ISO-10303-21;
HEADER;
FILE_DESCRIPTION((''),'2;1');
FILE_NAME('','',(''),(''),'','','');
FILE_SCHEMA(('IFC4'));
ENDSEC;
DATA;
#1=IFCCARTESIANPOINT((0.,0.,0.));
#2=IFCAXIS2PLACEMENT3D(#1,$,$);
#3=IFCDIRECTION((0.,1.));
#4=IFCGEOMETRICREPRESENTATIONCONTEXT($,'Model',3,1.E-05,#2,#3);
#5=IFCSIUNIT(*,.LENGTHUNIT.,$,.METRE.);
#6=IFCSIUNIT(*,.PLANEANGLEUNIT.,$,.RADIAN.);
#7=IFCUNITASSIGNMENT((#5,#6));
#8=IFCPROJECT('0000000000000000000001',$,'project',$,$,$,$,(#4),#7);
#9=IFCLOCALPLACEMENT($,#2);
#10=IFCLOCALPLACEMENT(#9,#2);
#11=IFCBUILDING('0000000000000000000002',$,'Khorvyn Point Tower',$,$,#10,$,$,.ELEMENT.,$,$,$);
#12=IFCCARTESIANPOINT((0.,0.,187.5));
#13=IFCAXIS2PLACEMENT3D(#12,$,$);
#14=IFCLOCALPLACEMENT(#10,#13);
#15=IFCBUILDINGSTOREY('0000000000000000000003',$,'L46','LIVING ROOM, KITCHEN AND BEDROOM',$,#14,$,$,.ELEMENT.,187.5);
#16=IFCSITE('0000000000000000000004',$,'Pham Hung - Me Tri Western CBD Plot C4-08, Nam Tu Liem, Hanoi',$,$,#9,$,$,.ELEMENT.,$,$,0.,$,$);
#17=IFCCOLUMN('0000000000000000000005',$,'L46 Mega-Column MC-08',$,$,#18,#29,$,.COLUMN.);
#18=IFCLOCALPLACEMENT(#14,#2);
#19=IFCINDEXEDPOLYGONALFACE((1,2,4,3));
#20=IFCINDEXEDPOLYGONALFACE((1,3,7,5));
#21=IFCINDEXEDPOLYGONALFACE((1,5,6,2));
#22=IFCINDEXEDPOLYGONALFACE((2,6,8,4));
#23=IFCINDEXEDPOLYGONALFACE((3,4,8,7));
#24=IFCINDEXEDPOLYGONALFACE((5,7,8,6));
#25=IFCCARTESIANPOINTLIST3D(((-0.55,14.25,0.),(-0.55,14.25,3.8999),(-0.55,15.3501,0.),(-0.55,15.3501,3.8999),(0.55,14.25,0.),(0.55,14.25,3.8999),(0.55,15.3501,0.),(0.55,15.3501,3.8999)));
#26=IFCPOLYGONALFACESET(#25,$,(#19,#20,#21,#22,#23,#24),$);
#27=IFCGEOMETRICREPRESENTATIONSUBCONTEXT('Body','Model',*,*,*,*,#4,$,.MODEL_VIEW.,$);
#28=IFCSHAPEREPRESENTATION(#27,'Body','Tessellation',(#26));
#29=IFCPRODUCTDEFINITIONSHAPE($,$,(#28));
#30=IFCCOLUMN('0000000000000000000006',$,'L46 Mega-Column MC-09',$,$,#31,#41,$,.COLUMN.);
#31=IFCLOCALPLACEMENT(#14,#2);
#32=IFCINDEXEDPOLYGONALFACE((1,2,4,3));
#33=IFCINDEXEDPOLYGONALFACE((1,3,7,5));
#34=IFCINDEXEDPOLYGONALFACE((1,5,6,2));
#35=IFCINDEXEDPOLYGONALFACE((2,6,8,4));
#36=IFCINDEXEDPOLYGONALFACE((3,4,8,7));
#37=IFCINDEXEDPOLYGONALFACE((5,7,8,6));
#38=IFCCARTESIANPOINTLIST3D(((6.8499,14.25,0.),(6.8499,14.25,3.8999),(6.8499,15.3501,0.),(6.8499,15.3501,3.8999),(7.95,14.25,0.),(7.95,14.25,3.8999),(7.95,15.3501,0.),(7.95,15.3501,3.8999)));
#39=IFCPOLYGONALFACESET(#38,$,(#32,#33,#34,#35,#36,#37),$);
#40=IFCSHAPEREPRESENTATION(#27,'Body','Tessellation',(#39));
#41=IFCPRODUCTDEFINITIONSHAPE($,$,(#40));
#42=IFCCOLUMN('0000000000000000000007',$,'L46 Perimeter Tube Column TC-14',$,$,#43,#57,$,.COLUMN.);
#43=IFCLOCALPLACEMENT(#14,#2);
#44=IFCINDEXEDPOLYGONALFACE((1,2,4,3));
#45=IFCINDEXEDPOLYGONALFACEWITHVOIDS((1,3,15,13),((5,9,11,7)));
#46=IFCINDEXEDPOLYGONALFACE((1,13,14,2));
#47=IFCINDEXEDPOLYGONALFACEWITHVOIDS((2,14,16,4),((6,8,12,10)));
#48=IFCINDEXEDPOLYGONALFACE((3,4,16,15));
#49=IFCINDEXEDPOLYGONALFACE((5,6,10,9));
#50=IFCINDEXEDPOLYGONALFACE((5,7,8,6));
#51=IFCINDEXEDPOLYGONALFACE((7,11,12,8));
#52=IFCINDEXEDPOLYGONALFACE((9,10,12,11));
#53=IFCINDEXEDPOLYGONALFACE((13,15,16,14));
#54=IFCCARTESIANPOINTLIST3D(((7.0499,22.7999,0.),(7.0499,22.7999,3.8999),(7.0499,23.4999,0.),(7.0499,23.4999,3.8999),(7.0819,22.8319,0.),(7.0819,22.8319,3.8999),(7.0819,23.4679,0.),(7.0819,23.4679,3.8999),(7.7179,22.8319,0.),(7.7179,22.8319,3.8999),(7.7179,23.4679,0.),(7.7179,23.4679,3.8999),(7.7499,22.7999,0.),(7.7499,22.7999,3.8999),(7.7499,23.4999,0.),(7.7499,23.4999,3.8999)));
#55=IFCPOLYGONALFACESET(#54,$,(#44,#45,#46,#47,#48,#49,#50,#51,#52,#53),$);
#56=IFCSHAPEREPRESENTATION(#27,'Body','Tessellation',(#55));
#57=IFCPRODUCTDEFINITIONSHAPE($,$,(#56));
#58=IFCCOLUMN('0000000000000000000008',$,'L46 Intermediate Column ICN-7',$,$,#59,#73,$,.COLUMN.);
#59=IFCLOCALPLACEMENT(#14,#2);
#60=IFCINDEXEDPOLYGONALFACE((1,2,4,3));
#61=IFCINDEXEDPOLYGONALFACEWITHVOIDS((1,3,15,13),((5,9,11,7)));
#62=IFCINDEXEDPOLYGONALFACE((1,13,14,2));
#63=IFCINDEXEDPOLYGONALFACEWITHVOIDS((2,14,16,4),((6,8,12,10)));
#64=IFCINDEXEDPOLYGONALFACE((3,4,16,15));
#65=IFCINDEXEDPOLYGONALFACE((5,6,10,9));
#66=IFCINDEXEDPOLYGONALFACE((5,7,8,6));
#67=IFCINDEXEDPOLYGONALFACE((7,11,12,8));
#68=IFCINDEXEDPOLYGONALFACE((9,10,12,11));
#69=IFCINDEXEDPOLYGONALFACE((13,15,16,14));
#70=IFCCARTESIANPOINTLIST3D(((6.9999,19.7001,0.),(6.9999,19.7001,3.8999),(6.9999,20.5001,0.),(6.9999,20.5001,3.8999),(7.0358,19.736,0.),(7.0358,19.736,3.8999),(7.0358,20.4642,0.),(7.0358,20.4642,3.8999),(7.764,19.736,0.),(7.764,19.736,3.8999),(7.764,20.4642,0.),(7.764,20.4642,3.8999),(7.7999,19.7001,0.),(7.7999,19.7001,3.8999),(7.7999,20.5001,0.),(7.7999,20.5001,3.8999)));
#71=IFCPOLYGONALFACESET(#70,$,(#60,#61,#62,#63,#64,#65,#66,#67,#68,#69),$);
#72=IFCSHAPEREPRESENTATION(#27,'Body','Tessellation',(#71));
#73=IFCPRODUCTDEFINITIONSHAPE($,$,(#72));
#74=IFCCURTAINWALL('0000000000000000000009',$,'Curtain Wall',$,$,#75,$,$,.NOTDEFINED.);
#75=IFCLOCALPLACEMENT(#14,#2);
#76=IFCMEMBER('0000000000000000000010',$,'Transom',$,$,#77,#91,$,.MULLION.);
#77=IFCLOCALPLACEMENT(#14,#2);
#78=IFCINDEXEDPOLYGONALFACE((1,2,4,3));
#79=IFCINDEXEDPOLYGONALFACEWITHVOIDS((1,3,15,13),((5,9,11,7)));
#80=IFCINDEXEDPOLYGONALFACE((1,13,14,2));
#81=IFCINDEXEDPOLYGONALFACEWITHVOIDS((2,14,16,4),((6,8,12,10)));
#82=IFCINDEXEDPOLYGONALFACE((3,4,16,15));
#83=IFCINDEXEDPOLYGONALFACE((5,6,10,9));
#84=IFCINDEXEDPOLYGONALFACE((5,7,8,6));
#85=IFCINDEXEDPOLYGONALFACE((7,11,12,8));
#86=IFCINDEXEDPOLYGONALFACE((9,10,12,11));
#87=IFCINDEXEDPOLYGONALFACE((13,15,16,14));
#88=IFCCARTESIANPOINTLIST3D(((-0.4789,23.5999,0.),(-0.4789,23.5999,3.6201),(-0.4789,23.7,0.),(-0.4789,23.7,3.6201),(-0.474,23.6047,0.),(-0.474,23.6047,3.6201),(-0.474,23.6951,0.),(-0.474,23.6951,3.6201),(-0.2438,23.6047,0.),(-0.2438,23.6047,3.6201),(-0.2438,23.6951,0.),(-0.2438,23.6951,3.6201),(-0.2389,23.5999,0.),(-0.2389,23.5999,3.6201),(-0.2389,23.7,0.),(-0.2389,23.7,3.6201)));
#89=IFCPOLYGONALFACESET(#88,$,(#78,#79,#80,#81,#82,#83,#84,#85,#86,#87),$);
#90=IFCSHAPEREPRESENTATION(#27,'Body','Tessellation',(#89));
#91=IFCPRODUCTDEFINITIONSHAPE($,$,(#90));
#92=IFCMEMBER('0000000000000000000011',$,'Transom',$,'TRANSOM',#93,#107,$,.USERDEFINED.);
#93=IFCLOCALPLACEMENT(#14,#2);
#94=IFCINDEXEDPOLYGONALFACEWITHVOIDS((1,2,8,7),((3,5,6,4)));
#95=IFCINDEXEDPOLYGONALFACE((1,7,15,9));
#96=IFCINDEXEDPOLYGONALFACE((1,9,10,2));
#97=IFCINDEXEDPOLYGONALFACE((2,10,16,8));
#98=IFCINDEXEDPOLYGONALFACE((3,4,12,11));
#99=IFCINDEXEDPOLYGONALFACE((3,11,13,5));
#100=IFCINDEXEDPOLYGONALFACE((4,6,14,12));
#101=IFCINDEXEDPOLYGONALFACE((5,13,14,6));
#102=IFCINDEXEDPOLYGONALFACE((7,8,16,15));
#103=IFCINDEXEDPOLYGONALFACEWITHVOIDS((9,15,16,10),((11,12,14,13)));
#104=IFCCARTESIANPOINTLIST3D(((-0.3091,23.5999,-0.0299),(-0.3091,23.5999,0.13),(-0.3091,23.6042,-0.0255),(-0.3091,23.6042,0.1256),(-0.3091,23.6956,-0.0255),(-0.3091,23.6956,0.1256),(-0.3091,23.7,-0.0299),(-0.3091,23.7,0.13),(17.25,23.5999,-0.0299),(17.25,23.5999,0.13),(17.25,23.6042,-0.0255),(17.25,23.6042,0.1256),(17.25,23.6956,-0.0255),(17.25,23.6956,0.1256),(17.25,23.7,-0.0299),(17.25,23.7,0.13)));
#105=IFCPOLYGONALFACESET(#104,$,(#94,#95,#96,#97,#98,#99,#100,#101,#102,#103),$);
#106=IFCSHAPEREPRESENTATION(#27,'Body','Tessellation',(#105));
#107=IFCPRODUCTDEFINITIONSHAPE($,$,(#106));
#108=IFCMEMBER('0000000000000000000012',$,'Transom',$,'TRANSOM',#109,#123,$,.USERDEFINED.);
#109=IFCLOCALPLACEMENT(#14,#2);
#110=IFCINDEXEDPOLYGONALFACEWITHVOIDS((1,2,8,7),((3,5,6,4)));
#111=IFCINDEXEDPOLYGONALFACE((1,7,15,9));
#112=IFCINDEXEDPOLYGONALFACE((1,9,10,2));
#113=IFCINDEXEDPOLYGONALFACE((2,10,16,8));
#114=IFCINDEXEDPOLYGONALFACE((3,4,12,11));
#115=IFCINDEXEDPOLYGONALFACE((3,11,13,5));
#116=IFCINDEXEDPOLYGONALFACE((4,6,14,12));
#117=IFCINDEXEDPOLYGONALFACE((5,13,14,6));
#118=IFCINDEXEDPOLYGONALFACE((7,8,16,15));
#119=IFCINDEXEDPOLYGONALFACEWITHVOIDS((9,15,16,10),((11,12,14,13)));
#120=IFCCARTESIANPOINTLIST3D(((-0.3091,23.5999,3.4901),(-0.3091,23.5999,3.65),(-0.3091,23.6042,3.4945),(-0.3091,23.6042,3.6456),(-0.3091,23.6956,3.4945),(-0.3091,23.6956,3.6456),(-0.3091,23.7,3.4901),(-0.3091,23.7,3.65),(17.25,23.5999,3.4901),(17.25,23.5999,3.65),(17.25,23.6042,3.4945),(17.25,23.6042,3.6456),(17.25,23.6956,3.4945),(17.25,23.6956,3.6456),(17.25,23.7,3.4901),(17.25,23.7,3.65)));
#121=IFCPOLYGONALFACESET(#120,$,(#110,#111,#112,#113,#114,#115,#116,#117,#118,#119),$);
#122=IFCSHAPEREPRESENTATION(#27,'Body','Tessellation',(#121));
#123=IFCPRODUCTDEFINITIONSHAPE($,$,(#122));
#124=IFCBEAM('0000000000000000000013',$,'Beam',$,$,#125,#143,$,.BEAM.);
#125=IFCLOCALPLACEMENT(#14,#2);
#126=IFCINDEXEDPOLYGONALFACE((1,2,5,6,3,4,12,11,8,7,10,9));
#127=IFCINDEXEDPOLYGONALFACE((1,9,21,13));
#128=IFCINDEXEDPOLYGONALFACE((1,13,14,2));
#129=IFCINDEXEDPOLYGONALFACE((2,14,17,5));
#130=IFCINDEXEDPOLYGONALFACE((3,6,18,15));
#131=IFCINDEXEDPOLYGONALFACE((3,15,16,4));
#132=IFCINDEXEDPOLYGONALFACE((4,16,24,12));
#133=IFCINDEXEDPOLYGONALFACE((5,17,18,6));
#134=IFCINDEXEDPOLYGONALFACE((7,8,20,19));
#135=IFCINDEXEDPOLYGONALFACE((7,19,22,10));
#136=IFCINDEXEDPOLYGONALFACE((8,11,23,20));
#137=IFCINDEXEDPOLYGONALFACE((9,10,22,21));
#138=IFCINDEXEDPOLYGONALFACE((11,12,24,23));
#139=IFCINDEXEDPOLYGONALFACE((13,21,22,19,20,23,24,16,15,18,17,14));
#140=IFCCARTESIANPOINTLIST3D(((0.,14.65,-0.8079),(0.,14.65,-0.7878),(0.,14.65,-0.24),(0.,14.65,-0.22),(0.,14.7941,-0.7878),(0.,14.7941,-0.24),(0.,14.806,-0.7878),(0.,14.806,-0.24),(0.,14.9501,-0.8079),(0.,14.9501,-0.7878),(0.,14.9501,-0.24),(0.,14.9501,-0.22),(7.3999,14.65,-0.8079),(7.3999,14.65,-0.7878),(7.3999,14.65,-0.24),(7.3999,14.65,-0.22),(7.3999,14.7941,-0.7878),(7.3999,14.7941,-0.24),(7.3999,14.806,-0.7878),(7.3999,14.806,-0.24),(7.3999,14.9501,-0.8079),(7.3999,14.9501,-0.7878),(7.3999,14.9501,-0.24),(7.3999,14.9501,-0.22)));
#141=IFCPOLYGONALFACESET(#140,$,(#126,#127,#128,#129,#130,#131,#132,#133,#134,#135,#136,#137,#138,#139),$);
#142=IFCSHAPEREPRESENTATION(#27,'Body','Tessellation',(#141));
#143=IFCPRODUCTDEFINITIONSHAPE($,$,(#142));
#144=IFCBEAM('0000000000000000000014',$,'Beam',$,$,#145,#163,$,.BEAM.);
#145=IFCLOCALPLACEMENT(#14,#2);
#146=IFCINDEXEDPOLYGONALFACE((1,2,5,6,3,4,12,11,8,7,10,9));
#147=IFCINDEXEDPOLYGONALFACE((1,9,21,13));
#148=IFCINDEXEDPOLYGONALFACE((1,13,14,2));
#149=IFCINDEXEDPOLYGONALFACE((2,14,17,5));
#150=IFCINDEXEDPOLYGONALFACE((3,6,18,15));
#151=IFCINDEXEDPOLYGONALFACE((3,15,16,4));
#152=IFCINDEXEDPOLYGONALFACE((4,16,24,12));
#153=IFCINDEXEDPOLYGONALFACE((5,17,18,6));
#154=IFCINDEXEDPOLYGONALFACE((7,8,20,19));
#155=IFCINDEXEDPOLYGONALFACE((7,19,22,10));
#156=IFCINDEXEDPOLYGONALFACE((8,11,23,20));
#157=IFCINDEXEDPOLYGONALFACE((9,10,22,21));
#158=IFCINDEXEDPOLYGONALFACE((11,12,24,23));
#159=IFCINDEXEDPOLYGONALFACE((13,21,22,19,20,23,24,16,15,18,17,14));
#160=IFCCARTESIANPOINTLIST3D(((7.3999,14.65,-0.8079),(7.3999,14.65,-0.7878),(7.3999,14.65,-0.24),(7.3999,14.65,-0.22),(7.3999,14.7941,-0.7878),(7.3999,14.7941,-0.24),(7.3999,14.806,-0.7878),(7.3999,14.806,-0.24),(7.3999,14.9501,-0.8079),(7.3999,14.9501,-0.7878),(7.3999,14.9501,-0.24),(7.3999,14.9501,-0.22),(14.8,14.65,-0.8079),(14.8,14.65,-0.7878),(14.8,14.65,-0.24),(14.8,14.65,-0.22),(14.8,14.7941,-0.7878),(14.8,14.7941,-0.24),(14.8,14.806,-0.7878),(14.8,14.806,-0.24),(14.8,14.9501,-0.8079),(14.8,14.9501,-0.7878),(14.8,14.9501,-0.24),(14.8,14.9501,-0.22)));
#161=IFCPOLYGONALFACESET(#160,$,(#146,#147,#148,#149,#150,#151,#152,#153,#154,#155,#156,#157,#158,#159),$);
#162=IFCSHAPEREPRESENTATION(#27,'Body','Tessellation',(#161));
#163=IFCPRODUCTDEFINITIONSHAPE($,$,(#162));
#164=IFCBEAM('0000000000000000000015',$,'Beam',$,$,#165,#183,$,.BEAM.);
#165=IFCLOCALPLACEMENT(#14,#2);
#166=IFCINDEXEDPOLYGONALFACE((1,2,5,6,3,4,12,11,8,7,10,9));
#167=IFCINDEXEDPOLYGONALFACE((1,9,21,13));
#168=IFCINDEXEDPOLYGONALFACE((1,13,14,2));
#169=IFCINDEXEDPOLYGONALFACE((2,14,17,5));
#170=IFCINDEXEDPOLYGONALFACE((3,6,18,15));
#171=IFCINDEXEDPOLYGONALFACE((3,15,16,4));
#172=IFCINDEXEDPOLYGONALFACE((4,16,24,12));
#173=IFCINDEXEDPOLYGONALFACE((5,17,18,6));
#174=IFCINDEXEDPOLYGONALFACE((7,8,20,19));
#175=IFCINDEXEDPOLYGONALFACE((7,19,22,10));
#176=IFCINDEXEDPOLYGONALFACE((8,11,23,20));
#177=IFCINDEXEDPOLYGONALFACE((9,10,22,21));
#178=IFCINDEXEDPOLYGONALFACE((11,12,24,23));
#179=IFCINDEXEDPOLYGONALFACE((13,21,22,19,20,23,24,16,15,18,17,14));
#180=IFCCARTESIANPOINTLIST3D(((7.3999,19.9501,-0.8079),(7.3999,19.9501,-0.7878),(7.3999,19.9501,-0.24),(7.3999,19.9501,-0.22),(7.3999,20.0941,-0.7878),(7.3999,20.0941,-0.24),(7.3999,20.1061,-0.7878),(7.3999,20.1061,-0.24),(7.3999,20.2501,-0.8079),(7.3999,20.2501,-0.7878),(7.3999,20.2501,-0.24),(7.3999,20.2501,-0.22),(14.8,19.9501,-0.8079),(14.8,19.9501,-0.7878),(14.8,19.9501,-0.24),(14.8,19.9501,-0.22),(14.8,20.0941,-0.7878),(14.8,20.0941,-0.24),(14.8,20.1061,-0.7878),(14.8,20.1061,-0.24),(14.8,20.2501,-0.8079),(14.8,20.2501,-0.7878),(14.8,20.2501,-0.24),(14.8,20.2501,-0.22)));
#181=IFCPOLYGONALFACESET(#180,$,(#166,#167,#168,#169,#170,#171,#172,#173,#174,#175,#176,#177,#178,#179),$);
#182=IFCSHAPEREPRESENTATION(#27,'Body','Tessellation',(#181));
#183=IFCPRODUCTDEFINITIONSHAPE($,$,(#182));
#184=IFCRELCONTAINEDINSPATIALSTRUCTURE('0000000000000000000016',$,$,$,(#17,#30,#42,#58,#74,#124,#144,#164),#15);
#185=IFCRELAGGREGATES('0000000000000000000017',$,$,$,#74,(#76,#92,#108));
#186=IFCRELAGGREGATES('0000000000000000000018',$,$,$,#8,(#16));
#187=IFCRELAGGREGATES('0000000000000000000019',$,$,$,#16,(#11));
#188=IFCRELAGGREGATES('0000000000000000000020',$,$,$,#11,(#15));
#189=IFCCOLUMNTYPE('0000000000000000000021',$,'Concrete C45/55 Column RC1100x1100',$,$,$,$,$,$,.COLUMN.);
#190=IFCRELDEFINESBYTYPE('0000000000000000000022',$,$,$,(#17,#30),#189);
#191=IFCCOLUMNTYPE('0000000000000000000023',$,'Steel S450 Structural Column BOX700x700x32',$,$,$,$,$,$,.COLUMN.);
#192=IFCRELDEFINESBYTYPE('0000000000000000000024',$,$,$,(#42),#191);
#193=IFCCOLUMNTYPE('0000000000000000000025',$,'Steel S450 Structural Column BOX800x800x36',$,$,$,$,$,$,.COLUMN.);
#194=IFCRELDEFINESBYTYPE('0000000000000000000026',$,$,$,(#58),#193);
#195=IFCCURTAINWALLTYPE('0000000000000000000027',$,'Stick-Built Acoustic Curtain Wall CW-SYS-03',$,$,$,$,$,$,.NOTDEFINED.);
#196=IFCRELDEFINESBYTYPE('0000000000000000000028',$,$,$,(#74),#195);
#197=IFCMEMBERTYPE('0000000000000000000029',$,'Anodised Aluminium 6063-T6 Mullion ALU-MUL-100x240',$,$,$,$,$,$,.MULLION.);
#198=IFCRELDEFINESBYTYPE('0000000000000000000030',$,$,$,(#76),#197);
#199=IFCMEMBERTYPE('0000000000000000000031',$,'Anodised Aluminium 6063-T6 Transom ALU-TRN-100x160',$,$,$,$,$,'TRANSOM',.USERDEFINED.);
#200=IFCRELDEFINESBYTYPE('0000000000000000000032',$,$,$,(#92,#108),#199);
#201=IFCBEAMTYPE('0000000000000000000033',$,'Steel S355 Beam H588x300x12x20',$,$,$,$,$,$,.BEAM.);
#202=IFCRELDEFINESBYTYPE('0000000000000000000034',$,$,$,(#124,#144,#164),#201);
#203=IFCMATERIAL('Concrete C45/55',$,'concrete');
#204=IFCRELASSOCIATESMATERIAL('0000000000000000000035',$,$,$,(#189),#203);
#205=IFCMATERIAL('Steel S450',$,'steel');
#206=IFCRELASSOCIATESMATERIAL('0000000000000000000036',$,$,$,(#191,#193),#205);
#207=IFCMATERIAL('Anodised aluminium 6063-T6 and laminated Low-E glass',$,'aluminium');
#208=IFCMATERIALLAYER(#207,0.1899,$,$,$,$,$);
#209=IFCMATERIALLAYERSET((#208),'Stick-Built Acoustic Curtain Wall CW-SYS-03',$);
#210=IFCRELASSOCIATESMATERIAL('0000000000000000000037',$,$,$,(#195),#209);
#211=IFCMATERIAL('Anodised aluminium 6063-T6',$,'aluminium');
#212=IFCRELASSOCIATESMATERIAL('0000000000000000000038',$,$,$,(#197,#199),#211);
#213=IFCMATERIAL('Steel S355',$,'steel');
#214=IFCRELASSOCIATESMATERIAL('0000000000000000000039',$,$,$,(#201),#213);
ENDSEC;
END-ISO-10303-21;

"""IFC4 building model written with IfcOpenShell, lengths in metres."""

from ifc_helpers import new_model, si_unit, direction, frame, origin, origin_2d, place, context, subcontext, project, spatial, rectangle, hollow_rectangle, i_section, extrude, material, layer, layer_set, material_profile, profile_set, type_object, element, aggregate, save


model = new_model("IFC4")

# Units and contexts
model_context = context("Model", 3, precision=1e-05, world=origin(), true_north=direction((0.0, 1.0)))
body_context = subcontext(model_context, "Body", "Model", "MODEL_VIEW")
ifc_project = project(units=[si_unit("LENGTHUNIT", "METRE"), si_unit("PLANEANGLEUNIT", "RADIAN")], contexts=[model_context])

# Site, building, storey
site_placement = place(None, origin())
site = spatial("IfcSite", under=ifc_project, at=site_placement, Name="Pham Hung - Me Tri Western CBD Plot C4-08, Nam Tu Liem, Hanoi", CompositionType="ELEMENT", RefElevation=0.0)
building_placement = place(site_placement, origin())
building = spatial("IfcBuilding", under=site, at=building_placement, Name="Khorvyn Point Tower", CompositionType="ELEMENT")
storey_placement = place(building_placement, frame((0.0, 0.0, 187.5)))
storey = spatial("IfcBuildingStorey", under=building, at=storey_placement, Name="L46", Description="LIVING ROOM, KITCHEN AND BEDROOM", CompositionType="ELEMENT", Elevation=187.5)

# Columns
ifc_material_1 = material(Name="Concrete C45/55", Category="concrete")
ifc_material_profile_1 = material_profile(ifc_material_1, rectangle(XDim=1.1001, YDim=1.1001, at=origin_2d()))
ifc_profile_set_1 = profile_set([ifc_material_profile_1], Name="Concrete C45/55 RC1100x1100")
column_type_1 = type_object("IfcColumnType", Name="Concrete C45/55 Column RC1100x1100", PredefinedType="COLUMN", material=ifc_profile_set_1)
for number, where, z_axis, x_axis, name in (
    (1, (0.0, 14.8, 0.0), (0.0, 0.0, 1.0), (1.0, 0.0, 0.0), "L46 Mega-Column MC-08"),
    (2, (7.3999, 14.8, 0.0), (0.0, 0.0, 1.0), (1.0, 0.0, 0.0), "L46 Mega-Column MC-09"),
):
    element("IfcColumn", number, at=place(storey_placement, frame(where, z_axis=z_axis, x_axis=x_axis)), inside=storey, type_object=column_type_1, Name=name, PredefinedType="COLUMN", context=body_context, shape_type="SweptSolid", body=[
        extrude(rectangle(XDim=1.1001, YDim=1.1001, at=origin_2d()), origin(), (0.0, 0.0, 1.0), 3.8999),
    ])
ifc_material_2 = material(Name="Steel S450", Category="steel")
ifc_material_profile_2 = material_profile(ifc_material_2, hollow_rectangle(XDim=0.7, YDim=0.7, WallThickness=0.032, at=origin_2d()))
ifc_profile_set_2 = profile_set([ifc_material_profile_2], Name="Steel S450 BOX700x700x32")
column_type_2 = type_object("IfcColumnType", Name="Steel S450 Structural Column BOX700x700x32", PredefinedType="COLUMN", material=ifc_profile_set_2)
column_1_placement = place(storey_placement, frame((7.3999, 23.1499, 0.0), z_axis=(0.0, 0.0, 1.0), x_axis=(1.0, 0.0, 0.0)))
element("IfcColumn", 3, at=column_1_placement, inside=storey, type_object=column_type_2, Name="L46 Perimeter Tube Column TC-14", PredefinedType="COLUMN", context=body_context, shape_type="SweptSolid", body=[
    extrude(hollow_rectangle(XDim=0.7, YDim=0.7, WallThickness=0.032, at=origin_2d()), origin(), (0.0, 0.0, 1.0), 3.8999),
])
ifc_material_profile_3 = material_profile(ifc_material_2, hollow_rectangle(XDim=0.8, YDim=0.8, WallThickness=0.0359, at=origin_2d()))
ifc_profile_set_3 = profile_set([ifc_material_profile_3], Name="Steel S450 BOX800x800x36")
column_type_3 = type_object("IfcColumnType", Name="Steel S450 Structural Column BOX800x800x36", PredefinedType="COLUMN", material=ifc_profile_set_3)
column_2_placement = place(storey_placement, frame((7.3999, 20.1001, 0.0), z_axis=(0.0, 0.0, 1.0), x_axis=(1.0, 0.0, 0.0)))
element("IfcColumn", 4, at=column_2_placement, inside=storey, type_object=column_type_3, Name="L46 Intermediate Column ICN-7", PredefinedType="COLUMN", context=body_context, shape_type="SweptSolid", body=[
    extrude(hollow_rectangle(XDim=0.8, YDim=0.8, WallThickness=0.0359, at=origin_2d()), origin(), (0.0, 0.0, 1.0), 3.8999),
])

# Curtain wall, members
ifc_material_3 = material(Name="Anodised aluminium 6063-T6 and laminated Low-E glass", Category="aluminium")
ifc_layer_1 = layer(ifc_material_3, 0.1899)
ifc_layer_set_1 = layer_set([ifc_layer_1], Name="Stick-Built Acoustic Curtain Wall CW-SYS-03")
curtain_wall_type = type_object("IfcCurtainWallType", Name="Stick-Built Acoustic Curtain Wall CW-SYS-03", PredefinedType="NOTDEFINED", material=ifc_layer_set_1)
curtain_wall_placement = place(storey_placement, origin())
curtain_wall = element("IfcCurtainWall", 5, at=curtain_wall_placement, inside=storey, type_object=curtain_wall_type, Name="Curtain Wall", PredefinedType="NOTDEFINED")
ifc_material_4 = material(Name="Anodised aluminium 6063-T6", Category="aluminium")
ifc_material_profile_4 = material_profile(ifc_material_4, hollow_rectangle(XDim=0.1001, YDim=0.24, WallThickness=0.0049, at=origin_2d()))
ifc_profile_set_4 = profile_set([ifc_material_profile_4], Name="Anodised aluminium 6063-T6 ALU-MUL-100x240")
member_type_1 = type_object("IfcMemberType", Name="Anodised Aluminium 6063-T6 Mullion ALU-MUL-100x240", PredefinedType="MULLION", material=ifc_profile_set_4)
member_1_placement = place(storey_placement, frame((-0.3589, 23.6499, 0.0), z_axis=(0.0, 0.0, 1.0), x_axis=(0.0, 1.0, 0.0)))
member_1 = element("IfcMember", 6, at=member_1_placement, type_object=member_type_1, Name="Transom", PredefinedType="MULLION", context=body_context, shape_type="SweptSolid", body=[
    extrude(hollow_rectangle(XDim=0.1001, YDim=0.24, WallThickness=0.0049, at=origin_2d()), origin(), (0.0, 0.0, 1.0), 3.6201),
])
ifc_material_profile_5 = material_profile(ifc_material_4, hollow_rectangle(XDim=0.1001, YDim=0.1599, WallThickness=0.0044, at=origin_2d()))
ifc_profile_set_5 = profile_set([ifc_material_profile_5], Name="Anodised aluminium 6063-T6 ALU-TRN-100x160")
member_type_2 = type_object("IfcMemberType", Name="Anodised Aluminium 6063-T6 Transom ALU-TRN-100x160", ElementType="TRANSOM", PredefinedType="USERDEFINED", material=ifc_profile_set_5)
member_2_placement = place(storey_placement, frame((-0.3091, 23.6499, 0.05), z_axis=(1.0, 0.0, 0.0), x_axis=(0.0, 1.0, 0.0)))
member_2 = element("IfcMember", 7, at=member_2_placement, type_object=member_type_2, Name="Transom", ObjectType="TRANSOM", PredefinedType="USERDEFINED", context=body_context, shape_type="SweptSolid", body=[
    extrude(hollow_rectangle(XDim=0.1001, YDim=0.1599, WallThickness=0.0044, at=origin_2d()), origin(), (0.0, 0.0, 1.0), 17.5591),
])
member_3_placement = place(storey_placement, frame((-0.3091, 23.6499, 3.5701), z_axis=(1.0, 0.0, 0.0), x_axis=(0.0, 1.0, 0.0)))
member_3 = element("IfcMember", 8, at=member_3_placement, type_object=member_type_2, Name="Transom", ObjectType="TRANSOM", PredefinedType="USERDEFINED", context=body_context, shape_type="SweptSolid", body=[
    extrude(hollow_rectangle(XDim=0.1001, YDim=0.1599, WallThickness=0.0044, at=origin_2d()), origin(), (0.0, 0.0, 1.0), 17.5591),
])

# Beams
ifc_material_5 = material(Name="Steel S355", Category="steel")
ifc_material_profile_6 = material_profile(ifc_material_5, i_section(OverallWidth=0.3, OverallDepth=0.5879, WebThickness=0.012, FlangeThickness=0.02, at=origin_2d()))
ifc_profile_set_6 = profile_set([ifc_material_profile_6], Name="Steel S355 H588x300x12x20")
beam_type_1 = type_object("IfcBeamType", Name="Steel S355 Beam H588x300x12x20", PredefinedType="BEAM", material=ifc_profile_set_6)
beam_1_placement = place(storey_placement, frame((0.0, 14.8, -0.5139), z_axis=(1.0, 0.0, 0.0), x_axis=(0.0, 1.0, 0.0)))
element("IfcBeam", 9, at=beam_1_placement, inside=storey, type_object=beam_type_1, Name="Beam", PredefinedType="BEAM", context=body_context, shape_type="SweptSolid", body=[
    extrude(i_section(OverallWidth=0.3, OverallDepth=0.5879, WebThickness=0.012, FlangeThickness=0.02, at=origin_2d()), origin(), (0.0, 0.0, 1.0), 7.3999),
])
for number, where, z_axis, x_axis, name in (
    (10, (7.3999, 14.8, -0.5139), (1.0, 0.0, 0.0), (0.0, 1.0, 0.0), "Beam"),
    (11, (7.3999, 20.1001, -0.5139), (1.0, 0.0, 0.0), (0.0, 1.0, 0.0), "Beam"),
):
    element("IfcBeam", number, at=place(storey_placement, frame(where, z_axis=z_axis, x_axis=x_axis)), inside=storey, type_object=beam_type_1, Name=name, PredefinedType="BEAM", context=body_context, shape_type="SweptSolid", body=[
        extrude(i_section(OverallWidth=0.3, OverallDepth=0.5879, WebThickness=0.012, FlangeThickness=0.02, at=origin_2d()), origin(), (0.0, 0.0, 1.0), 7.4001),
    ])

aggregate(curtain_wall, [member_1, member_2, member_3])

save(model, "model.ifc")
